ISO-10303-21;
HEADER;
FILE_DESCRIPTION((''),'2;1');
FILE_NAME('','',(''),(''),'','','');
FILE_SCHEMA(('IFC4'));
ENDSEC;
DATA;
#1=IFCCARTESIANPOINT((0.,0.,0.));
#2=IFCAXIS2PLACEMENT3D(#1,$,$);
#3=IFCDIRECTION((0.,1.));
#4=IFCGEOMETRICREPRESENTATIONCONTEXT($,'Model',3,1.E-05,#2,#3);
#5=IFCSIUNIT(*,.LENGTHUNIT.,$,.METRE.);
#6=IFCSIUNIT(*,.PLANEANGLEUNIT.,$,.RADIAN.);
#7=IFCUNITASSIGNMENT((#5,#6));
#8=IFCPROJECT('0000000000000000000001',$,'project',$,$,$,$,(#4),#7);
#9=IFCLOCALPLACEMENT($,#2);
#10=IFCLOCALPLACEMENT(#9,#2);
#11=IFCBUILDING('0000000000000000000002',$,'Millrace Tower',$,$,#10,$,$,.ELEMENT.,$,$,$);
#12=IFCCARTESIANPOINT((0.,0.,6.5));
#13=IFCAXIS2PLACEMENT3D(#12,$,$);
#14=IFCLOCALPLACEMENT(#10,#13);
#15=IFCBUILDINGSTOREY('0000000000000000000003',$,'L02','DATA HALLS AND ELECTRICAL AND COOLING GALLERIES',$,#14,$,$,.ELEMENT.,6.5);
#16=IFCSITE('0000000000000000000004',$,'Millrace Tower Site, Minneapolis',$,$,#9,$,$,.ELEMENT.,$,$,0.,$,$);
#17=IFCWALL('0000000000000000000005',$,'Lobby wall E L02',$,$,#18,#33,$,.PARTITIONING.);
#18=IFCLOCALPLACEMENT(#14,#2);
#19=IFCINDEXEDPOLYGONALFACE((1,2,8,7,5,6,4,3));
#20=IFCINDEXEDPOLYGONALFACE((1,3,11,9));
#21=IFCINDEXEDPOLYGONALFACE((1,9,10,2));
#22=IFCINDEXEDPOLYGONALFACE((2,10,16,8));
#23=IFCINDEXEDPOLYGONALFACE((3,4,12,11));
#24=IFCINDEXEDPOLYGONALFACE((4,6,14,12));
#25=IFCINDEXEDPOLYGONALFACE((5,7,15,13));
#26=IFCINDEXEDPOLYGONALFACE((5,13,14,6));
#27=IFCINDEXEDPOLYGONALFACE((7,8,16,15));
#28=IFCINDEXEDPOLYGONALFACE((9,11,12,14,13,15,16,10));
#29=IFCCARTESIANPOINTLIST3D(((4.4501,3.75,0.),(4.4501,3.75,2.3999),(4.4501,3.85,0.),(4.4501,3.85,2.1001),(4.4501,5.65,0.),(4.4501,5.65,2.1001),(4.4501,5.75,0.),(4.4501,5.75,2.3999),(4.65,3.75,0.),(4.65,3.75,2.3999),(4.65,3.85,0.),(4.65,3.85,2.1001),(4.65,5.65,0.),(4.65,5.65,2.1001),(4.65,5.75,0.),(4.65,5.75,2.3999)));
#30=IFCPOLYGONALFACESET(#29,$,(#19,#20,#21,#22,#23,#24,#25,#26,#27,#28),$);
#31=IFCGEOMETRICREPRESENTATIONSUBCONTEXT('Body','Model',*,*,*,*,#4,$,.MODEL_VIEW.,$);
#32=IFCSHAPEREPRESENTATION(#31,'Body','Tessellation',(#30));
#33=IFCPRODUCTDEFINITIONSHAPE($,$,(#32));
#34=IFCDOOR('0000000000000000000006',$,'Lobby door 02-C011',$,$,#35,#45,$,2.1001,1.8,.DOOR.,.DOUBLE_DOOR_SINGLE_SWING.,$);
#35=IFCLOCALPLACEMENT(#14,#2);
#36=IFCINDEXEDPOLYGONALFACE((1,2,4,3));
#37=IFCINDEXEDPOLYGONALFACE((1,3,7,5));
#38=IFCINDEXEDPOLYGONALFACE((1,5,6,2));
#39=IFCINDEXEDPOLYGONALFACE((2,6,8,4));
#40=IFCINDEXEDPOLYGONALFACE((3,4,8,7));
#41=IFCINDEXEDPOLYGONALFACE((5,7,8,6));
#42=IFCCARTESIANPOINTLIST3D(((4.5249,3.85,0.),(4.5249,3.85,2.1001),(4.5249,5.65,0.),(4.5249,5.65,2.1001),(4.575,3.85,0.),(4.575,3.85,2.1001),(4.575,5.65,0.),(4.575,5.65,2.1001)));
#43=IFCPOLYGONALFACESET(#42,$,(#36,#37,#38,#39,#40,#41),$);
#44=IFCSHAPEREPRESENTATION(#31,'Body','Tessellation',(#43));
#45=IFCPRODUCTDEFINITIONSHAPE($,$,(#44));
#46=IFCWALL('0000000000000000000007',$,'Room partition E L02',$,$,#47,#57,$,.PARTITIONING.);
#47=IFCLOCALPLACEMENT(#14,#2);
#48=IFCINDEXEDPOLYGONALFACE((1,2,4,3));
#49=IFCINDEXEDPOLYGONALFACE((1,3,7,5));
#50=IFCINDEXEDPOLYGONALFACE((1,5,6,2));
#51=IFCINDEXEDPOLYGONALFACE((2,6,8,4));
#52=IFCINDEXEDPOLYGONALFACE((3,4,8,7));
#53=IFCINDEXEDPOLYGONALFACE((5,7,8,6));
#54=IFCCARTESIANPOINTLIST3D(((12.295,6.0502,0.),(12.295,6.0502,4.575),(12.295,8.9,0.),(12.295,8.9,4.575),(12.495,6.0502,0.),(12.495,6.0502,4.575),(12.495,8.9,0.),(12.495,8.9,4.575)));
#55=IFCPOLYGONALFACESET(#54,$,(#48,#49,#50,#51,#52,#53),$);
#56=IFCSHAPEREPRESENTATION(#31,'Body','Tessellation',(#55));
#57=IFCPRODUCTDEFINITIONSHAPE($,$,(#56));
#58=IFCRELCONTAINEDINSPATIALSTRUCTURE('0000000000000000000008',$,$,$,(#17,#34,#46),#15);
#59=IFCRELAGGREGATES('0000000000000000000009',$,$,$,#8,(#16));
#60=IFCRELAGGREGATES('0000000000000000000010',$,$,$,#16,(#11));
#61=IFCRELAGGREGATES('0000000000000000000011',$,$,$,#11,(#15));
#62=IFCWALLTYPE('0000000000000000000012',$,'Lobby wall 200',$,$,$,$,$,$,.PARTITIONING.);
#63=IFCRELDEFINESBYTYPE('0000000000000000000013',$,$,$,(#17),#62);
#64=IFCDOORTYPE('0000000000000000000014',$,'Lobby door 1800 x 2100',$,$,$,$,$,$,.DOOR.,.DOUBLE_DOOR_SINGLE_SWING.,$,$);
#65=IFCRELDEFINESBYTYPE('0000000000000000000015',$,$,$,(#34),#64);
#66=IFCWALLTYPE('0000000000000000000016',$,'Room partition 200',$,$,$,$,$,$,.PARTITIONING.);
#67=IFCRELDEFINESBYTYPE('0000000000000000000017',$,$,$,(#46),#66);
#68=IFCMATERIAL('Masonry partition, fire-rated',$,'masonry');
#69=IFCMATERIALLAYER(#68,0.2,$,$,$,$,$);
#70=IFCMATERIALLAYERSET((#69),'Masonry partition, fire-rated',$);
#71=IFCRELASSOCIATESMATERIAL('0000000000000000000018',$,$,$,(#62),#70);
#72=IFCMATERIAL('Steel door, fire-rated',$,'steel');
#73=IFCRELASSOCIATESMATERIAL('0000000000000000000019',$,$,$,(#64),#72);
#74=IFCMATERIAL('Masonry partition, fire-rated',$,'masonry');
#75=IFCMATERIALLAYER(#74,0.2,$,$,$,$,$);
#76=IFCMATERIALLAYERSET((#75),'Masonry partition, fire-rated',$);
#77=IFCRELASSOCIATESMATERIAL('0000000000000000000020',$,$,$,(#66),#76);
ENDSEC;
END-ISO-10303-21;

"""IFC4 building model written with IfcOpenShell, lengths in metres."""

from ifc_helpers import new_model, si_unit, direction, frame, frame_2d, origin, place, context, subcontext, project, spatial, rectangle, extrude, material, layer, layer_set, type_object, element, fill, save


model = new_model("IFC4")

# Units and contexts
model_context = context("Model", 3, precision=1e-05, world=origin(), true_north=direction((0.0, 1.0)))
body_context = subcontext(model_context, "Body", "Model", "MODEL_VIEW")
ifc_project = project(units=[si_unit("LENGTHUNIT", "METRE"), si_unit("PLANEANGLEUNIT", "RADIAN")], contexts=[model_context])

# Site, building, storey
site_placement = place(None, origin())
site = spatial("IfcSite", under=ifc_project, at=site_placement, Name="Millrace Tower Site, Minneapolis", CompositionType="ELEMENT", RefElevation=0.0)
building_placement = place(site_placement, origin())
building = spatial("IfcBuilding", under=site, at=building_placement, Name="Millrace Tower", CompositionType="ELEMENT")
storey_placement = place(building_placement, frame((0.0, 0.0, 6.5)))
storey = spatial("IfcBuildingStorey", under=building, at=storey_placement, Name="L02", Description="DATA HALLS AND ELECTRICAL AND COOLING GALLERIES", CompositionType="ELEMENT", Elevation=6.5)

# Wall, opening, door
ifc_material_1 = material(Name="Masonry partition, fire-rated", Category="masonry")
ifc_layer_1 = layer(ifc_material_1, 0.2)
ifc_layer_set_1 = layer_set([ifc_layer_1], Name="Masonry partition, fire-rated")
wall_type_1 = type_object("IfcWallType", Name="Lobby wall 200", PredefinedType="PARTITIONING", material=ifc_layer_set_1)
ifc_material_2 = material(Name="Steel door, fire-rated", Category="steel")
door_type_1 = type_object("IfcDoorType", Name="Lobby door 1800 x 2100", OperationType="DOUBLE_DOOR_SINGLE_SWING", PredefinedType="DOOR", material=ifc_material_2)
wall_1_placement = place(storey_placement, frame((4.55, 5.75, 0.0), z_axis=(0.0, 0.0, 1.0), x_axis=(0.0, -1.0, 0.0)))
wall_1 = element("IfcWall", 1, at=wall_1_placement, inside=storey, type_object=wall_type_1, Name="Lobby wall E L02", PredefinedType="PARTITIONING", context=body_context, shape_type="SweptSolid", body=[
    extrude(rectangle(XDim=2.0, YDim=0.2, at=frame_2d((1.0, 0.0))), origin(), (0.0, 0.0, 1.0), 2.3999),
])
opening_1_placement = place(wall_1_placement, frame((0.1001, 0.0, 0.0)))
opening_1 = element("IfcOpeningElement", 2, at=opening_1_placement, cuts=wall_1, PredefinedType="OPENING", context=body_context, shape_type="SweptSolid", body=[
    extrude(rectangle(XDim=1.8, YDim=2.1001, at=frame_2d((0.8999, 1.05))), frame((0.0, 0.1099, 0.0), z_axis=(0.0, -1.0, 0.0), x_axis=(1.0, 0.0, 0.0)), (0.0, 0.0, 1.0), 0.22),
])
door_1_placement = place(opening_1_placement, origin())
door_1 = element("IfcDoor", 3, at=door_1_placement, inside=storey, type_object=door_type_1, Name="Lobby door 02-C011", OperationType="DOUBLE_DOOR_SINGLE_SWING", OverallHeight=2.1001, OverallWidth=1.8, PredefinedType="DOOR", context=body_context, shape_type="SweptSolid", body=[
    extrude(rectangle(XDim=1.8, YDim=2.1001, at=frame_2d((0.8999, 1.05))), frame((0.0, 0.0249, 0.0), z_axis=(0.0, -1.0, 0.0), x_axis=(1.0, 0.0, 0.0)), (0.0, 0.0, 1.0), 0.05),
])
fill(opening_1, door_1)

# Wall
ifc_material_3 = material(Name="Masonry partition, fire-rated", Category="masonry")
ifc_layer_2 = layer(ifc_material_3, 0.2)
ifc_layer_set_2 = layer_set([ifc_layer_2], Name="Masonry partition, fire-rated")
wall_type_2 = type_object("IfcWallType", Name="Room partition 200", PredefinedType="PARTITIONING", material=ifc_layer_set_2)
wall_2_placement = place(storey_placement, frame((12.395, 8.8999, 0.0), z_axis=(0.0, 0.0, 1.0), x_axis=(0.0, -1.0, 0.0)))
element("IfcWall", 4, at=wall_2_placement, inside=storey, type_object=wall_type_2, Name="Room partition E L02", PredefinedType="PARTITIONING", context=body_context, shape_type="SweptSolid", body=[
    extrude(rectangle(XDim=2.8499, YDim=0.2, at=frame_2d((1.4248, 0.0))), origin(), (0.0, 0.0, 1.0), 4.575),
])

save(model, "model.ifc")
